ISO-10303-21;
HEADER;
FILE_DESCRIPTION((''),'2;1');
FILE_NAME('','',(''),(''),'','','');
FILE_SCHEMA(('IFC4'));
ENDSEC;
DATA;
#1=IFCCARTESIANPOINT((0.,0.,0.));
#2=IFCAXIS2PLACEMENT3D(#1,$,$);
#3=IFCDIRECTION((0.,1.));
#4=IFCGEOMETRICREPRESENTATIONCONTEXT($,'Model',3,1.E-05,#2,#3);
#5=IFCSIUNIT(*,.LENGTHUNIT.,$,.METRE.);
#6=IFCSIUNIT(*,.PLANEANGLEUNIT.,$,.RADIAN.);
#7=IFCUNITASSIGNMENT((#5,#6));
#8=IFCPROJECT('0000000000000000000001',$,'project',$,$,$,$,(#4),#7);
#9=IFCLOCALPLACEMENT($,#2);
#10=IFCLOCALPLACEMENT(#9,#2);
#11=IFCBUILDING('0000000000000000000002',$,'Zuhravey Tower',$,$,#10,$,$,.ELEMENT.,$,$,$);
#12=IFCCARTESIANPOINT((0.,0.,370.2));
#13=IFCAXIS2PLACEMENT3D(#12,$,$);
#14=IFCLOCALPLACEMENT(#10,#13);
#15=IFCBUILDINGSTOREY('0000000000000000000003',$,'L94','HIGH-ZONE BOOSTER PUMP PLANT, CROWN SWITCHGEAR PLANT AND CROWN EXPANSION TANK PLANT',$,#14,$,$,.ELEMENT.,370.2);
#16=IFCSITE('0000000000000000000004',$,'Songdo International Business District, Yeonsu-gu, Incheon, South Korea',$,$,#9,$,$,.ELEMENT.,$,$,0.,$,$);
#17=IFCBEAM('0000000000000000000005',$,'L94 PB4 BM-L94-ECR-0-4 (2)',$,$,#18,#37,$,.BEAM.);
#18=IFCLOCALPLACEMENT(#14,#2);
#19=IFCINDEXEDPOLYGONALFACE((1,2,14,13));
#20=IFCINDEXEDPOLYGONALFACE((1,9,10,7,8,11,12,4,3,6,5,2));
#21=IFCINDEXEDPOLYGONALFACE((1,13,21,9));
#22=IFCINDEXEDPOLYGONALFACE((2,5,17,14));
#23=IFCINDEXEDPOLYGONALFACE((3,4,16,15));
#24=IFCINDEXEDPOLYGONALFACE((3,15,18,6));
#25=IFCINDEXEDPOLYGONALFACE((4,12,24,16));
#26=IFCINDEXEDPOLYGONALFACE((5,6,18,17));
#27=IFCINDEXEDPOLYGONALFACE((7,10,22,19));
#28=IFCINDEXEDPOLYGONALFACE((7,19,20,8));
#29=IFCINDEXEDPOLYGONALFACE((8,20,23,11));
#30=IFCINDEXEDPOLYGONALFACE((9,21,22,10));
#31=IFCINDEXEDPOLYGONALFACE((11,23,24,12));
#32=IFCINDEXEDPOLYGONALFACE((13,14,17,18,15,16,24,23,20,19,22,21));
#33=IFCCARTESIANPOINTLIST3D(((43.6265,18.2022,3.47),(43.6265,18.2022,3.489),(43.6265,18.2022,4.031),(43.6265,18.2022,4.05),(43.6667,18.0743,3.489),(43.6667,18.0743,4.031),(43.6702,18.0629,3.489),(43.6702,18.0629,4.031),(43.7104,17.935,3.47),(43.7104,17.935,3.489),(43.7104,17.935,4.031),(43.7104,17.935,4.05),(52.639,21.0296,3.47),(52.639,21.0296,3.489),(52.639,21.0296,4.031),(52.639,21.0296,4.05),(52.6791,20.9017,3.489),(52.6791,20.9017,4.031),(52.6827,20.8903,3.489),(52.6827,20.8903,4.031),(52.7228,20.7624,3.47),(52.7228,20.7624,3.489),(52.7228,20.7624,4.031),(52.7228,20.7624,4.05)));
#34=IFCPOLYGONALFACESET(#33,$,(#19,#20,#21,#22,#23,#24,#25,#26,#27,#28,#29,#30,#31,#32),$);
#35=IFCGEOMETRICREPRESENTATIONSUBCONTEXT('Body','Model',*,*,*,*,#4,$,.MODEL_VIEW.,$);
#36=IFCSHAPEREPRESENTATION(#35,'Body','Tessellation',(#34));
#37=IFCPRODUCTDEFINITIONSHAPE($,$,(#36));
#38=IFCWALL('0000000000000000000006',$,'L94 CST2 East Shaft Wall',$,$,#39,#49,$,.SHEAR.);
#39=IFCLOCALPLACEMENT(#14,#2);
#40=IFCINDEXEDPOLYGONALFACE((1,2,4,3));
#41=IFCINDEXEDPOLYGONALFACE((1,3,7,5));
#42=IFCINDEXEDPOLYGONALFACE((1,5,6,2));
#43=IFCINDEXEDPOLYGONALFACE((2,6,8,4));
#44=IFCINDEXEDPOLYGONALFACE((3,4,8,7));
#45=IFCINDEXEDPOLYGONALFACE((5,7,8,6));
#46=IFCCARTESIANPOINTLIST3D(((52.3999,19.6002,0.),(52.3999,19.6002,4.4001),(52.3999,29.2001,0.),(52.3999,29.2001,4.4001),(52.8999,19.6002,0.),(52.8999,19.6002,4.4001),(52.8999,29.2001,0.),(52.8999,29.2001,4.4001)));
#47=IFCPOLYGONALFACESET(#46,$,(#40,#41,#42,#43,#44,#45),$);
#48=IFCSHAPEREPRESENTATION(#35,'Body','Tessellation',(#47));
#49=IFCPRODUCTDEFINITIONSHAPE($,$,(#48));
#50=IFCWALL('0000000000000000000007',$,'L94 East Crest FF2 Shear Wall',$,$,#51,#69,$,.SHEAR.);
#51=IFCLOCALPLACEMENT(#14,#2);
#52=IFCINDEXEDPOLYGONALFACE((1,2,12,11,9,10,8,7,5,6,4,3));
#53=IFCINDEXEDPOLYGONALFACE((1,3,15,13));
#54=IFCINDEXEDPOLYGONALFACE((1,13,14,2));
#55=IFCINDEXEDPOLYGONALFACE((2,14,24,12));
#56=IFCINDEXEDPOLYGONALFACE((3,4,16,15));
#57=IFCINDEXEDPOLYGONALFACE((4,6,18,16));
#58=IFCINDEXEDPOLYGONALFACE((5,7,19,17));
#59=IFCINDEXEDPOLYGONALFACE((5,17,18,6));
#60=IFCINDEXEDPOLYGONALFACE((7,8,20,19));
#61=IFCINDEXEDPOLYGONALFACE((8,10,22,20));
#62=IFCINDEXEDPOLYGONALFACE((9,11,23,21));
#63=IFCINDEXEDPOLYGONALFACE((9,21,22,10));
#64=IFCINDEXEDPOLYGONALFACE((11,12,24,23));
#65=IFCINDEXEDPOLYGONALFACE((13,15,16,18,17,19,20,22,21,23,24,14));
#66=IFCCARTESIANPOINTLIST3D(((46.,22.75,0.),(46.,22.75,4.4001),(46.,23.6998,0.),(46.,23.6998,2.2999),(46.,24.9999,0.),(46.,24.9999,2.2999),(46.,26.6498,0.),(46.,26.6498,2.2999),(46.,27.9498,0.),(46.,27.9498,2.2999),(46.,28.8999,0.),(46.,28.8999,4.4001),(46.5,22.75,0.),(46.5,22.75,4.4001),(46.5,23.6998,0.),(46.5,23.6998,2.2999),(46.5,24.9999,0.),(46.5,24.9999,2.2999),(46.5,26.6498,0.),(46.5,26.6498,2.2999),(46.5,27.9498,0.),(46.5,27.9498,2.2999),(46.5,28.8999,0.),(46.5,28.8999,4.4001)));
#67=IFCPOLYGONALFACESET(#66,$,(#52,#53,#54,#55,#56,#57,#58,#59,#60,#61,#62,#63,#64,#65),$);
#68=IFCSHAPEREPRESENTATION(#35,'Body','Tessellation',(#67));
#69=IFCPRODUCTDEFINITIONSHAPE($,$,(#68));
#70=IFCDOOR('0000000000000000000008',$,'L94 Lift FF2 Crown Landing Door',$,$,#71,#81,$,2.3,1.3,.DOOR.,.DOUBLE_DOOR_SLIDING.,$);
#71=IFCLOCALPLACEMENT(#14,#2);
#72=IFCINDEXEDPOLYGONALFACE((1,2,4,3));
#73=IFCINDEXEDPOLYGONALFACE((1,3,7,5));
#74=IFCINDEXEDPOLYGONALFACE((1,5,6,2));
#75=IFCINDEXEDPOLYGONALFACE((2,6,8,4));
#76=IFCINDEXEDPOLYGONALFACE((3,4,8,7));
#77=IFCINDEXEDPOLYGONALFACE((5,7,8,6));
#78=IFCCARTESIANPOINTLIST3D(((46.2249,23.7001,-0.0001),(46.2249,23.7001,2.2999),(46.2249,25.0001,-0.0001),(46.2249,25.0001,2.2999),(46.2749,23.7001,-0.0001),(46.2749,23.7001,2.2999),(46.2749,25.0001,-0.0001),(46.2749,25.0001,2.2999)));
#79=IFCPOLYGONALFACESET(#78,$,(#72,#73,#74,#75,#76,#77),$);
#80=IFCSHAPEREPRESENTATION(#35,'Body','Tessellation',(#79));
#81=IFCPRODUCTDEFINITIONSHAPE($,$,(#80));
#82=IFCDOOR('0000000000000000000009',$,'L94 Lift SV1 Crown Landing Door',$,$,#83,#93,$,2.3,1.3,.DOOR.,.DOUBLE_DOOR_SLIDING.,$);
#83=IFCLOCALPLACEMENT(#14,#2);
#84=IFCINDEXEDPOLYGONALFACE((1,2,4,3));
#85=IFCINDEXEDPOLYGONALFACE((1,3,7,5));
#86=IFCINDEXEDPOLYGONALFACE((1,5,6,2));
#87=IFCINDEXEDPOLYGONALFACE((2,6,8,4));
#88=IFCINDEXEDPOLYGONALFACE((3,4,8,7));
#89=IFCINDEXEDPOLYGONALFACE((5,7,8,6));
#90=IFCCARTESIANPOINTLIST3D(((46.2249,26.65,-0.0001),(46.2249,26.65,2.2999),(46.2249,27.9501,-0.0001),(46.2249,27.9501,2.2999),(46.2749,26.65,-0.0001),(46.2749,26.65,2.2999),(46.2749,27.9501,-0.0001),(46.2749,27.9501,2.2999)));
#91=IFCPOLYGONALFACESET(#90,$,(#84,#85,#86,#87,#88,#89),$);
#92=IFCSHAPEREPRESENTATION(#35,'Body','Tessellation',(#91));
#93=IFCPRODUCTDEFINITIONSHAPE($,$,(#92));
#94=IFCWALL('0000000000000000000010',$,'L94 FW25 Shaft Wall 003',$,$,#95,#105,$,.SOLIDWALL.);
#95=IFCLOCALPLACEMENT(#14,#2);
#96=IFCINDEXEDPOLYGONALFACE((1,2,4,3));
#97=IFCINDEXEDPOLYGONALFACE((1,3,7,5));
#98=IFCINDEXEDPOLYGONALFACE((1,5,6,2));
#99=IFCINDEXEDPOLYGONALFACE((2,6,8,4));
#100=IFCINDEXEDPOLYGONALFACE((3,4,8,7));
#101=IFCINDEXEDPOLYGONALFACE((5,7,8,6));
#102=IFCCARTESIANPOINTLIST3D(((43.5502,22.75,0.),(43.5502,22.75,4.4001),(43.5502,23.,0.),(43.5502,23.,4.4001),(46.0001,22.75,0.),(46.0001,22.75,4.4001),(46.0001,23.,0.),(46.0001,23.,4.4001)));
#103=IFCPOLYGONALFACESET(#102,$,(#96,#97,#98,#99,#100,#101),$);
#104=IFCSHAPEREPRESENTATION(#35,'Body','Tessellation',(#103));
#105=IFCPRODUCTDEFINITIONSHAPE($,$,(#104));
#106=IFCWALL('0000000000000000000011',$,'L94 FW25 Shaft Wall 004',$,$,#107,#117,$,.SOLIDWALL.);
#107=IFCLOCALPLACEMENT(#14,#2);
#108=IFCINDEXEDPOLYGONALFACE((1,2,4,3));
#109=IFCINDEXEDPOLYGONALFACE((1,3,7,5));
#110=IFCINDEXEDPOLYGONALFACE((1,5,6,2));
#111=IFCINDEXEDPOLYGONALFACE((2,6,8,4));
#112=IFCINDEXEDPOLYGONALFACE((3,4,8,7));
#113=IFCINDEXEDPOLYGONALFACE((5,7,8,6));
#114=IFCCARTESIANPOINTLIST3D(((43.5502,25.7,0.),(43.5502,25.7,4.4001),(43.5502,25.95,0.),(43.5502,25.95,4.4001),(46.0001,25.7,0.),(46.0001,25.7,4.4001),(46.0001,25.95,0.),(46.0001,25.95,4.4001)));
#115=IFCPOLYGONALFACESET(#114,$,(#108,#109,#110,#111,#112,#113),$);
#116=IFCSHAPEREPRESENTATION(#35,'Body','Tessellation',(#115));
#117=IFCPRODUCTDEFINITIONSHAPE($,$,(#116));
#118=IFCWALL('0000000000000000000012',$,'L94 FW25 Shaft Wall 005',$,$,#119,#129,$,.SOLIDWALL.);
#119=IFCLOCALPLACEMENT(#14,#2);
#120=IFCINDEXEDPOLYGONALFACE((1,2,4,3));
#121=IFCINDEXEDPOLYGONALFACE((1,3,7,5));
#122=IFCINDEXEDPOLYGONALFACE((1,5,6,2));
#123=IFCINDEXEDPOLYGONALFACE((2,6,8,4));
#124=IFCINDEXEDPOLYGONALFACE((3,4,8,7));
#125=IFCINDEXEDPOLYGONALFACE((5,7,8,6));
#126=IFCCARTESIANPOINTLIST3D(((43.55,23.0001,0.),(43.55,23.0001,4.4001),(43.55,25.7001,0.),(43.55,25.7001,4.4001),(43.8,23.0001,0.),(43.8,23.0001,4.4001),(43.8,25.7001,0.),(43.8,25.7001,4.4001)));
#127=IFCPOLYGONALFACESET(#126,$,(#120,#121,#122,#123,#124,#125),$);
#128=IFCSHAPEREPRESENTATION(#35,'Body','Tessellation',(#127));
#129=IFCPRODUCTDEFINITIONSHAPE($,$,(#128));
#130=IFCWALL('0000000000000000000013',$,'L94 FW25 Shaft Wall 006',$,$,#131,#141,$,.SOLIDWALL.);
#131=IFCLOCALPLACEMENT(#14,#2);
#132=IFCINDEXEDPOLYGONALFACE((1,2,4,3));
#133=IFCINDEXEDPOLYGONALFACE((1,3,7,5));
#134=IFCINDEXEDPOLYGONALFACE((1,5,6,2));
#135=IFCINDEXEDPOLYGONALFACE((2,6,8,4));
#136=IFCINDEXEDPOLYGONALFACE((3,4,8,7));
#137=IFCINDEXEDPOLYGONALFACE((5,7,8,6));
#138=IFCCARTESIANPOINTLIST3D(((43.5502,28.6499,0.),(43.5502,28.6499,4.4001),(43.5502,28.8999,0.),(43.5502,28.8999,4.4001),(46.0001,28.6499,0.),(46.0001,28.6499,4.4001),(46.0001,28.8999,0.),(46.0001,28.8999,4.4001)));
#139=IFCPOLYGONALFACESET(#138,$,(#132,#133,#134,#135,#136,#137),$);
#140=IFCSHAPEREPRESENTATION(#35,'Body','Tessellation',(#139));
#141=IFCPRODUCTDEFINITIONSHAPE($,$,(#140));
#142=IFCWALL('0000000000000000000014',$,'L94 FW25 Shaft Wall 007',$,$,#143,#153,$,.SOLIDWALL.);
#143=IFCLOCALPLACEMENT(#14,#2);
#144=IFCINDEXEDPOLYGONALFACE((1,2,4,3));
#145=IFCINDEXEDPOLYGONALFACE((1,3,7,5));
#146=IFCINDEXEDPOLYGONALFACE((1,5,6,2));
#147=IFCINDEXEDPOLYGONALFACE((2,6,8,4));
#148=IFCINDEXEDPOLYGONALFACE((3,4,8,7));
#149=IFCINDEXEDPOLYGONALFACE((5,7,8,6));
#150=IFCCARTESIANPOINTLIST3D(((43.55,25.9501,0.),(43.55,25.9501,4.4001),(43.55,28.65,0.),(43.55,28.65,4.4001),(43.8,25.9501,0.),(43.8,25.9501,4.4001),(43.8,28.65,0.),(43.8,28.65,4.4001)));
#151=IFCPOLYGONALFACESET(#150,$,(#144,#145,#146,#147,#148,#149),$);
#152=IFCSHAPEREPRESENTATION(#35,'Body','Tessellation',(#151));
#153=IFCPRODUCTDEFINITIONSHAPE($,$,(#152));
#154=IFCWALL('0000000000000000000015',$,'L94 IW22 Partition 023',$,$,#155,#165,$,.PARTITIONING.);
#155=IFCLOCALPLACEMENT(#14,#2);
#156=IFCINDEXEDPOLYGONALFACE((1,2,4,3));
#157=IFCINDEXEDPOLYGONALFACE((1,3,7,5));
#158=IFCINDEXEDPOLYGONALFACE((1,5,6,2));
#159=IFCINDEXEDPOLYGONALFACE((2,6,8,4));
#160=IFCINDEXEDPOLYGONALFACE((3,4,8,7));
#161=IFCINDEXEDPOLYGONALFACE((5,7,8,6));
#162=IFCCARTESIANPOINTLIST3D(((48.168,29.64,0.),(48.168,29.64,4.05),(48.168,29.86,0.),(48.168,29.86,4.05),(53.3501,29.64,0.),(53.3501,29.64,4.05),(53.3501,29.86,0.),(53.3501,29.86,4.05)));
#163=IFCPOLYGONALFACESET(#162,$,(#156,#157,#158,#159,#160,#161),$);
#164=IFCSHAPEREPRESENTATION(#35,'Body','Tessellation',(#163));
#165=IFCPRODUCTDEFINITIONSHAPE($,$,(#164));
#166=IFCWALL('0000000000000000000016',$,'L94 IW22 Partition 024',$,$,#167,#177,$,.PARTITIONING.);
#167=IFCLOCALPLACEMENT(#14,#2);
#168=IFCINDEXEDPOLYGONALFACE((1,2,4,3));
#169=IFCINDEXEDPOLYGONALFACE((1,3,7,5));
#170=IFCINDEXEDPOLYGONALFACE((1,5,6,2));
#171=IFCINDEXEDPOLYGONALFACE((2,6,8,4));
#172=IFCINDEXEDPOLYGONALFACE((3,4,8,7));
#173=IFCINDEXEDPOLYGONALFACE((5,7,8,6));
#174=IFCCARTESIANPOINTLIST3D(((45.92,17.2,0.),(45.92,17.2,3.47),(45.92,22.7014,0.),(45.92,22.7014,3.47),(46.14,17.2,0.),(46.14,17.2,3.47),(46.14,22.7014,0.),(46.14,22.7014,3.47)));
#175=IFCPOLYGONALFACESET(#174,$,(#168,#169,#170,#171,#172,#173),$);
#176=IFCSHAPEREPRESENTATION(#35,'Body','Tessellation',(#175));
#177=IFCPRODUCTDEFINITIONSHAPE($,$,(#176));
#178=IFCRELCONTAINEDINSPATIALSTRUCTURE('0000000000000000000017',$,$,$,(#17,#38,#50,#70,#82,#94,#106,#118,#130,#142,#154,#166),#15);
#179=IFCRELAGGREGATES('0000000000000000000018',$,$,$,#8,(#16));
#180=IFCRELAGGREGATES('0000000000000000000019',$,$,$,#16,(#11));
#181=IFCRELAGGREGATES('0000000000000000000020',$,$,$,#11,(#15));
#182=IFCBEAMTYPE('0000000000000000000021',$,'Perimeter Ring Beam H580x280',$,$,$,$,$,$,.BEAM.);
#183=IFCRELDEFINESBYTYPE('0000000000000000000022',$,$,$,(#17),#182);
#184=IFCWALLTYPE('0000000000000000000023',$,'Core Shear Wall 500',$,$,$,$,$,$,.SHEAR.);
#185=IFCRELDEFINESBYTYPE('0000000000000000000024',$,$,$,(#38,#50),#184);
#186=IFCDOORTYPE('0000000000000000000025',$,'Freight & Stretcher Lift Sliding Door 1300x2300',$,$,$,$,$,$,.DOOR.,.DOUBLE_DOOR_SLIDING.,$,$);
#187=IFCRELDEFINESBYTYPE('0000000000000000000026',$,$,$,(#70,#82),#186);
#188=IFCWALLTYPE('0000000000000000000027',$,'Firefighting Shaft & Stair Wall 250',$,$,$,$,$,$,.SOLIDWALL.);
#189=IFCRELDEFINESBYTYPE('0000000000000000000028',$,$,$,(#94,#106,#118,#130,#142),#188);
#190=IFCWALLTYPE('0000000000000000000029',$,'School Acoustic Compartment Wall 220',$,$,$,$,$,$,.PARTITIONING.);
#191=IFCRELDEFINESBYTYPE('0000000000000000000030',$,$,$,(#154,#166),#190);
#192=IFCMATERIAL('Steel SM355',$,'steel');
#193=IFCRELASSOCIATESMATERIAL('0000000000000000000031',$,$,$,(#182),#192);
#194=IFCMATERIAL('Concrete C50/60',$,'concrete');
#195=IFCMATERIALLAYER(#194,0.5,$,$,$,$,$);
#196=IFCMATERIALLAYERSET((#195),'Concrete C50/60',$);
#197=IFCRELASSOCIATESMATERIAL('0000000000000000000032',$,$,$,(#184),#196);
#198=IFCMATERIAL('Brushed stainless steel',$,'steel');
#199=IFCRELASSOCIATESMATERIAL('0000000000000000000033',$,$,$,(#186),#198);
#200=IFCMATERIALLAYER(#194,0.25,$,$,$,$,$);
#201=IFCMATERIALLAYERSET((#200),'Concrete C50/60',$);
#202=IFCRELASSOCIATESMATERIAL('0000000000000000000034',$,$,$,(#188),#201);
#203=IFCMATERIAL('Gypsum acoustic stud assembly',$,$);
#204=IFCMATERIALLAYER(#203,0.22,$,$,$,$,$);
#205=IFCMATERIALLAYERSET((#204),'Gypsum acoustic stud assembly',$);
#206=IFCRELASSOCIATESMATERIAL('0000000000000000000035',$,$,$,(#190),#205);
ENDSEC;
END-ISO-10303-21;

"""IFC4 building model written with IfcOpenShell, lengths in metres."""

from ifc_helpers import new_model, si_unit, direction, frame, frame_2d, origin, origin_2d, place, context, subcontext, project, spatial, rectangle, i_section, extrude, material, layer, layer_set, material_profile, profile_set, type_object, element, fill, save


model = new_model("IFC4")

# Units and contexts
model_context = context("Model", 3, precision=1e-05, world=origin(), true_north=direction((0.0, 1.0)))
body_context = subcontext(model_context, "Body", "Model", "MODEL_VIEW")
ifc_project = project(units=[si_unit("LENGTHUNIT", "METRE"), si_unit("PLANEANGLEUNIT", "RADIAN")], contexts=[model_context])

# Site, building, storey
site_placement = place(None, origin())
site = spatial("IfcSite", under=ifc_project, at=site_placement, Name="Songdo International Business District, Yeonsu-gu, Incheon, South Korea", CompositionType="ELEMENT", RefElevation=0.0)
building_placement = place(site_placement, origin())
building = spatial("IfcBuilding", under=site, at=building_placement, Name="Zuhravey Tower", CompositionType="ELEMENT")
storey_placement = place(building_placement, frame((0.0, 0.0, 370.2)))
storey = spatial("IfcBuildingStorey", under=building, at=storey_placement, Name="L94", Description="HIGH-ZONE BOOSTER PUMP PLANT, CROWN SWITCHGEAR PLANT AND CROWN EXPANSION TANK PLANT", CompositionType="ELEMENT", Elevation=370.2)

# Beam
ifc_material_1 = material(Name="Steel SM355", Category="steel")
ifc_material_profile = material_profile(ifc_material_1, i_section(OverallWidth=0.28, OverallDepth=0.5801, WebThickness=0.012, FlangeThickness=0.019, at=origin_2d()), Name="H-580x280x12x19")
ifc_profile_set = profile_set([ifc_material_profile], Name="Steel SM355")
beam_type = type_object("IfcBeamType", Name="Perimeter Ring Beam H580x280", PredefinedType="BEAM", material=ifc_profile_set)
beam_placement = place(storey_placement, frame((52.6809, 20.896, 3.76), z_axis=(-0.954148, -0.299336, 0.0), x_axis=(0.299336, -0.954148, 0.0)))
element("IfcBeam", 1, at=beam_placement, inside=storey, type_object=beam_type, Name="L94 PB4 BM-L94-ECR-0-4 (2)", PredefinedType="BEAM", context=body_context, shape_type="SweptSolid", body=[
    extrude(i_section(OverallWidth=0.28, OverallDepth=0.5801, WebThickness=0.012, FlangeThickness=0.019, at=origin_2d()), origin(), (0.0, 0.0, 1.0), 9.4456),
])

# Wall
ifc_material_2 = material(Name="Concrete C50/60", Category="concrete")
ifc_layer_1 = layer(ifc_material_2, 0.5)
ifc_layer_set_1 = layer_set([ifc_layer_1], Name="Concrete C50/60")
wall_type_1 = type_object("IfcWallType", Name="Core Shear Wall 500", PredefinedType="SHEAR", material=ifc_layer_set_1)
wall_1_placement = place(storey_placement, frame((52.6499, 29.2, 0.0), z_axis=(0.0, 0.0, 1.0), x_axis=(0.0, -1.0, 0.0)))
element("IfcWall", 2, at=wall_1_placement, inside=storey, type_object=wall_type_1, Name="L94 CST2 East Shaft Wall", PredefinedType="SHEAR", context=body_context, shape_type="SweptSolid", body=[
    extrude(rectangle(XDim=9.5999, YDim=0.5, at=frame_2d((4.7998, 0.0))), origin(), (0.0, 0.0, 1.0), 4.4001),
])

# Wall, openings, doors
wall_2_placement = place(storey_placement, frame((46.25, 22.75, 0.0), z_axis=(0.0, 0.0, 1.0), x_axis=(0.0, 1.0, 0.0)))
wall_2 = element("IfcWall", 3, at=wall_2_placement, inside=storey, type_object=wall_type_1, Name="L94 East Crest FF2 Shear Wall", PredefinedType="SHEAR", context=body_context, shape_type="SweptSolid", body=[
    extrude(rectangle(XDim=6.1499, YDim=0.5, at=frame_2d((3.075, 0.0))), origin(), (0.0, 0.0, 1.0), 4.4001),
])
opening_1_placement = place(wall_2_placement, frame((0.95, 0.0, 0.0)))
opening_1 = element("IfcOpeningElement", 4, at=opening_1_placement, cuts=wall_2, PredefinedType="OPENING", context=body_context, shape_type="SweptSolid", body=[
    extrude(rectangle(XDim=1.3, YDim=2.3, at=frame_2d((0.6499, 1.1499))), frame((0.0, 0.262, 0.0), z_axis=(0.0, -1.0, 0.0), x_axis=(1.0, 0.0, 0.0)), (0.0, 0.0, 1.0), 0.5239),
])
opening_2_placement = place(wall_2_placement, frame((3.8999, 0.0, 0.0)))
opening_2 = element("IfcOpeningElement", 5, at=opening_2_placement, cuts=wall_2, PredefinedType="OPENING", context=body_context, shape_type="SweptSolid", body=[
    extrude(rectangle(XDim=1.3, YDim=2.3, at=frame_2d((0.6499, 1.1499))), frame((0.0, 0.262, 0.0), z_axis=(0.0, -1.0, 0.0), x_axis=(1.0, 0.0, 0.0)), (0.0, 0.0, 1.0), 0.5239),
])
ifc_material_3 = material(Name="Brushed stainless steel", Category="steel")
door_type = type_object("IfcDoorType", Name="Freight & Stretcher Lift Sliding Door 1300x2300", OperationType="DOUBLE_DOOR_SLIDING", PredefinedType="DOOR", material=ifc_material_3)
door_1_placement = place(opening_1_placement, frame((1.3, 0.0, 0.0), z_axis=(0.0, 0.0, 1.0), x_axis=(-1.0, 0.0, 0.0)))
door_1 = element("IfcDoor", 6, at=door_1_placement, inside=storey, type_object=door_type, Name="L94 Lift FF2 Crown Landing Door", OperationType="DOUBLE_DOOR_SLIDING", OverallHeight=2.3, OverallWidth=1.3, PredefinedType="DOOR", context=body_context, shape_type="SweptSolid", body=[
    extrude(rectangle(XDim=1.3, YDim=2.3, at=frame_2d((0.6499, 1.1499))), frame((0.0, 0.0249, 0.0), z_axis=(0.0, -1.0, 0.0), x_axis=(1.0, 0.0, 0.0)), (0.0, 0.0, 1.0), 0.05),
])
fill(opening_1, door_1)
door_2_placement = place(opening_2_placement, frame((1.3, 0.0, 0.0), z_axis=(0.0, 0.0, 1.0), x_axis=(-1.0, 0.0, 0.0)))
door_2 = element("IfcDoor", 7, at=door_2_placement, inside=storey, type_object=door_type, Name="L94 Lift SV1 Crown Landing Door", OperationType="DOUBLE_DOOR_SLIDING", OverallHeight=2.3, OverallWidth=1.3, PredefinedType="DOOR", context=body_context, shape_type="SweptSolid", body=[
    extrude(rectangle(XDim=1.3, YDim=2.3, at=frame_2d((0.6499, 1.1499))), frame((0.0, 0.0249, 0.0), z_axis=(0.0, -1.0, 0.0), x_axis=(1.0, 0.0, 0.0)), (0.0, 0.0, 1.0), 0.05),
])
fill(opening_2, door_2)

# Walls
ifc_layer_2 = layer(ifc_material_2, 0.25)
ifc_layer_set_2 = layer_set([ifc_layer_2], Name="Concrete C50/60")
wall_type_2 = type_object("IfcWallType", Name="Firefighting Shaft & Stair Wall 250", PredefinedType="SOLIDWALL", material=ifc_layer_set_2)
for number, where, z_axis, x_axis, name in (
    (8, (43.55, 22.875, 0.0), (0.0, 0.0, 1.0), (1.0, 0.0, 0.0), "L94 FW25 Shaft Wall 003"),
    (9, (43.55, 25.825, 0.0), (0.0, 0.0, 1.0), (1.0, 0.0, 0.0), "L94 FW25 Shaft Wall 004"),
):
    element("IfcWall", number, at=place(storey_placement, frame(where, z_axis=z_axis, x_axis=x_axis)), inside=storey, type_object=wall_type_2, Name=name, PredefinedType="SOLIDWALL", context=body_context, shape_type="SweptSolid", body=[
        extrude(rectangle(XDim=2.45, YDim=0.25, at=frame_2d((1.2251, 0.0))), origin(), (0.0, 0.0, 1.0), 4.4001),
    ])
wall_3_placement = place(storey_placement, frame((43.675, 23.0, 0.0), z_axis=(0.0, 0.0, 1.0), x_axis=(0.0, 1.0, 0.0)))
element("IfcWall", 10, at=wall_3_placement, inside=storey, type_object=wall_type_2, Name="L94 FW25 Shaft Wall 005", PredefinedType="SOLIDWALL", context=body_context, shape_type="SweptSolid", body=[
    extrude(rectangle(XDim=2.7, YDim=0.25, at=frame_2d((1.3501, 0.0))), origin(), (0.0, 0.0, 1.0), 4.4001),
])
wall_4_placement = place(storey_placement, frame((43.55, 28.7749, 0.0), z_axis=(0.0, 0.0, 1.0), x_axis=(1.0, 0.0, 0.0)))
element("IfcWall", 11, at=wall_4_placement, inside=storey, type_object=wall_type_2, Name="L94 FW25 Shaft Wall 006", PredefinedType="SOLIDWALL", context=body_context, shape_type="SweptSolid", body=[
    extrude(rectangle(XDim=2.45, YDim=0.25, at=frame_2d((1.2251, 0.0))), origin(), (0.0, 0.0, 1.0), 4.4001),
])
wall_5_placement = place(storey_placement, frame((43.675, 25.95, 0.0), z_axis=(0.0, 0.0, 1.0), x_axis=(0.0, 1.0, 0.0)))
element("IfcWall", 12, at=wall_5_placement, inside=storey, type_object=wall_type_2, Name="L94 FW25 Shaft Wall 007", PredefinedType="SOLIDWALL", context=body_context, shape_type="SweptSolid", body=[
    extrude(rectangle(XDim=2.7, YDim=0.25, at=frame_2d((1.3501, 0.0))), origin(), (0.0, 0.0, 1.0), 4.4001),
])
ifc_material_4 = material(Name="Gypsum acoustic stud assembly")
ifc_layer_3 = layer(ifc_material_4, 0.22)
ifc_layer_set_3 = layer_set([ifc_layer_3], Name="Gypsum acoustic stud assembly")
wall_type_3 = type_object("IfcWallType", Name="School Acoustic Compartment Wall 220", PredefinedType="PARTITIONING", material=ifc_layer_set_3)
wall_6_placement = place(storey_placement, frame((48.168, 29.75, 0.0), z_axis=(0.0, 0.0, 1.0), x_axis=(1.0, 0.0, 0.0)))
element("IfcWall", 13, at=wall_6_placement, inside=storey, type_object=wall_type_3, Name="L94 IW22 Partition 023", PredefinedType="PARTITIONING", context=body_context, shape_type="SweptSolid", body=[
    extrude(rectangle(XDim=5.1821, YDim=0.22, at=frame_2d((2.5911, 0.0))), origin(), (0.0, 0.0, 1.0), 4.05),
])
wall_7_placement = place(storey_placement, frame((46.03, 22.7014, 0.0), z_axis=(0.0, 0.0, 1.0), x_axis=(0.0, -1.0, 0.0)))
element("IfcWall", 14, at=wall_7_placement, inside=storey, type_object=wall_type_3, Name="L94 IW22 Partition 024", PredefinedType="PARTITIONING", context=body_context, shape_type="SweptSolid", body=[
    extrude(rectangle(XDim=5.5015, YDim=0.22, at=frame_2d((2.7507, 0.0))), origin(), (0.0, 0.0, 1.0), 3.47),
])

save(model, "model.ifc")
